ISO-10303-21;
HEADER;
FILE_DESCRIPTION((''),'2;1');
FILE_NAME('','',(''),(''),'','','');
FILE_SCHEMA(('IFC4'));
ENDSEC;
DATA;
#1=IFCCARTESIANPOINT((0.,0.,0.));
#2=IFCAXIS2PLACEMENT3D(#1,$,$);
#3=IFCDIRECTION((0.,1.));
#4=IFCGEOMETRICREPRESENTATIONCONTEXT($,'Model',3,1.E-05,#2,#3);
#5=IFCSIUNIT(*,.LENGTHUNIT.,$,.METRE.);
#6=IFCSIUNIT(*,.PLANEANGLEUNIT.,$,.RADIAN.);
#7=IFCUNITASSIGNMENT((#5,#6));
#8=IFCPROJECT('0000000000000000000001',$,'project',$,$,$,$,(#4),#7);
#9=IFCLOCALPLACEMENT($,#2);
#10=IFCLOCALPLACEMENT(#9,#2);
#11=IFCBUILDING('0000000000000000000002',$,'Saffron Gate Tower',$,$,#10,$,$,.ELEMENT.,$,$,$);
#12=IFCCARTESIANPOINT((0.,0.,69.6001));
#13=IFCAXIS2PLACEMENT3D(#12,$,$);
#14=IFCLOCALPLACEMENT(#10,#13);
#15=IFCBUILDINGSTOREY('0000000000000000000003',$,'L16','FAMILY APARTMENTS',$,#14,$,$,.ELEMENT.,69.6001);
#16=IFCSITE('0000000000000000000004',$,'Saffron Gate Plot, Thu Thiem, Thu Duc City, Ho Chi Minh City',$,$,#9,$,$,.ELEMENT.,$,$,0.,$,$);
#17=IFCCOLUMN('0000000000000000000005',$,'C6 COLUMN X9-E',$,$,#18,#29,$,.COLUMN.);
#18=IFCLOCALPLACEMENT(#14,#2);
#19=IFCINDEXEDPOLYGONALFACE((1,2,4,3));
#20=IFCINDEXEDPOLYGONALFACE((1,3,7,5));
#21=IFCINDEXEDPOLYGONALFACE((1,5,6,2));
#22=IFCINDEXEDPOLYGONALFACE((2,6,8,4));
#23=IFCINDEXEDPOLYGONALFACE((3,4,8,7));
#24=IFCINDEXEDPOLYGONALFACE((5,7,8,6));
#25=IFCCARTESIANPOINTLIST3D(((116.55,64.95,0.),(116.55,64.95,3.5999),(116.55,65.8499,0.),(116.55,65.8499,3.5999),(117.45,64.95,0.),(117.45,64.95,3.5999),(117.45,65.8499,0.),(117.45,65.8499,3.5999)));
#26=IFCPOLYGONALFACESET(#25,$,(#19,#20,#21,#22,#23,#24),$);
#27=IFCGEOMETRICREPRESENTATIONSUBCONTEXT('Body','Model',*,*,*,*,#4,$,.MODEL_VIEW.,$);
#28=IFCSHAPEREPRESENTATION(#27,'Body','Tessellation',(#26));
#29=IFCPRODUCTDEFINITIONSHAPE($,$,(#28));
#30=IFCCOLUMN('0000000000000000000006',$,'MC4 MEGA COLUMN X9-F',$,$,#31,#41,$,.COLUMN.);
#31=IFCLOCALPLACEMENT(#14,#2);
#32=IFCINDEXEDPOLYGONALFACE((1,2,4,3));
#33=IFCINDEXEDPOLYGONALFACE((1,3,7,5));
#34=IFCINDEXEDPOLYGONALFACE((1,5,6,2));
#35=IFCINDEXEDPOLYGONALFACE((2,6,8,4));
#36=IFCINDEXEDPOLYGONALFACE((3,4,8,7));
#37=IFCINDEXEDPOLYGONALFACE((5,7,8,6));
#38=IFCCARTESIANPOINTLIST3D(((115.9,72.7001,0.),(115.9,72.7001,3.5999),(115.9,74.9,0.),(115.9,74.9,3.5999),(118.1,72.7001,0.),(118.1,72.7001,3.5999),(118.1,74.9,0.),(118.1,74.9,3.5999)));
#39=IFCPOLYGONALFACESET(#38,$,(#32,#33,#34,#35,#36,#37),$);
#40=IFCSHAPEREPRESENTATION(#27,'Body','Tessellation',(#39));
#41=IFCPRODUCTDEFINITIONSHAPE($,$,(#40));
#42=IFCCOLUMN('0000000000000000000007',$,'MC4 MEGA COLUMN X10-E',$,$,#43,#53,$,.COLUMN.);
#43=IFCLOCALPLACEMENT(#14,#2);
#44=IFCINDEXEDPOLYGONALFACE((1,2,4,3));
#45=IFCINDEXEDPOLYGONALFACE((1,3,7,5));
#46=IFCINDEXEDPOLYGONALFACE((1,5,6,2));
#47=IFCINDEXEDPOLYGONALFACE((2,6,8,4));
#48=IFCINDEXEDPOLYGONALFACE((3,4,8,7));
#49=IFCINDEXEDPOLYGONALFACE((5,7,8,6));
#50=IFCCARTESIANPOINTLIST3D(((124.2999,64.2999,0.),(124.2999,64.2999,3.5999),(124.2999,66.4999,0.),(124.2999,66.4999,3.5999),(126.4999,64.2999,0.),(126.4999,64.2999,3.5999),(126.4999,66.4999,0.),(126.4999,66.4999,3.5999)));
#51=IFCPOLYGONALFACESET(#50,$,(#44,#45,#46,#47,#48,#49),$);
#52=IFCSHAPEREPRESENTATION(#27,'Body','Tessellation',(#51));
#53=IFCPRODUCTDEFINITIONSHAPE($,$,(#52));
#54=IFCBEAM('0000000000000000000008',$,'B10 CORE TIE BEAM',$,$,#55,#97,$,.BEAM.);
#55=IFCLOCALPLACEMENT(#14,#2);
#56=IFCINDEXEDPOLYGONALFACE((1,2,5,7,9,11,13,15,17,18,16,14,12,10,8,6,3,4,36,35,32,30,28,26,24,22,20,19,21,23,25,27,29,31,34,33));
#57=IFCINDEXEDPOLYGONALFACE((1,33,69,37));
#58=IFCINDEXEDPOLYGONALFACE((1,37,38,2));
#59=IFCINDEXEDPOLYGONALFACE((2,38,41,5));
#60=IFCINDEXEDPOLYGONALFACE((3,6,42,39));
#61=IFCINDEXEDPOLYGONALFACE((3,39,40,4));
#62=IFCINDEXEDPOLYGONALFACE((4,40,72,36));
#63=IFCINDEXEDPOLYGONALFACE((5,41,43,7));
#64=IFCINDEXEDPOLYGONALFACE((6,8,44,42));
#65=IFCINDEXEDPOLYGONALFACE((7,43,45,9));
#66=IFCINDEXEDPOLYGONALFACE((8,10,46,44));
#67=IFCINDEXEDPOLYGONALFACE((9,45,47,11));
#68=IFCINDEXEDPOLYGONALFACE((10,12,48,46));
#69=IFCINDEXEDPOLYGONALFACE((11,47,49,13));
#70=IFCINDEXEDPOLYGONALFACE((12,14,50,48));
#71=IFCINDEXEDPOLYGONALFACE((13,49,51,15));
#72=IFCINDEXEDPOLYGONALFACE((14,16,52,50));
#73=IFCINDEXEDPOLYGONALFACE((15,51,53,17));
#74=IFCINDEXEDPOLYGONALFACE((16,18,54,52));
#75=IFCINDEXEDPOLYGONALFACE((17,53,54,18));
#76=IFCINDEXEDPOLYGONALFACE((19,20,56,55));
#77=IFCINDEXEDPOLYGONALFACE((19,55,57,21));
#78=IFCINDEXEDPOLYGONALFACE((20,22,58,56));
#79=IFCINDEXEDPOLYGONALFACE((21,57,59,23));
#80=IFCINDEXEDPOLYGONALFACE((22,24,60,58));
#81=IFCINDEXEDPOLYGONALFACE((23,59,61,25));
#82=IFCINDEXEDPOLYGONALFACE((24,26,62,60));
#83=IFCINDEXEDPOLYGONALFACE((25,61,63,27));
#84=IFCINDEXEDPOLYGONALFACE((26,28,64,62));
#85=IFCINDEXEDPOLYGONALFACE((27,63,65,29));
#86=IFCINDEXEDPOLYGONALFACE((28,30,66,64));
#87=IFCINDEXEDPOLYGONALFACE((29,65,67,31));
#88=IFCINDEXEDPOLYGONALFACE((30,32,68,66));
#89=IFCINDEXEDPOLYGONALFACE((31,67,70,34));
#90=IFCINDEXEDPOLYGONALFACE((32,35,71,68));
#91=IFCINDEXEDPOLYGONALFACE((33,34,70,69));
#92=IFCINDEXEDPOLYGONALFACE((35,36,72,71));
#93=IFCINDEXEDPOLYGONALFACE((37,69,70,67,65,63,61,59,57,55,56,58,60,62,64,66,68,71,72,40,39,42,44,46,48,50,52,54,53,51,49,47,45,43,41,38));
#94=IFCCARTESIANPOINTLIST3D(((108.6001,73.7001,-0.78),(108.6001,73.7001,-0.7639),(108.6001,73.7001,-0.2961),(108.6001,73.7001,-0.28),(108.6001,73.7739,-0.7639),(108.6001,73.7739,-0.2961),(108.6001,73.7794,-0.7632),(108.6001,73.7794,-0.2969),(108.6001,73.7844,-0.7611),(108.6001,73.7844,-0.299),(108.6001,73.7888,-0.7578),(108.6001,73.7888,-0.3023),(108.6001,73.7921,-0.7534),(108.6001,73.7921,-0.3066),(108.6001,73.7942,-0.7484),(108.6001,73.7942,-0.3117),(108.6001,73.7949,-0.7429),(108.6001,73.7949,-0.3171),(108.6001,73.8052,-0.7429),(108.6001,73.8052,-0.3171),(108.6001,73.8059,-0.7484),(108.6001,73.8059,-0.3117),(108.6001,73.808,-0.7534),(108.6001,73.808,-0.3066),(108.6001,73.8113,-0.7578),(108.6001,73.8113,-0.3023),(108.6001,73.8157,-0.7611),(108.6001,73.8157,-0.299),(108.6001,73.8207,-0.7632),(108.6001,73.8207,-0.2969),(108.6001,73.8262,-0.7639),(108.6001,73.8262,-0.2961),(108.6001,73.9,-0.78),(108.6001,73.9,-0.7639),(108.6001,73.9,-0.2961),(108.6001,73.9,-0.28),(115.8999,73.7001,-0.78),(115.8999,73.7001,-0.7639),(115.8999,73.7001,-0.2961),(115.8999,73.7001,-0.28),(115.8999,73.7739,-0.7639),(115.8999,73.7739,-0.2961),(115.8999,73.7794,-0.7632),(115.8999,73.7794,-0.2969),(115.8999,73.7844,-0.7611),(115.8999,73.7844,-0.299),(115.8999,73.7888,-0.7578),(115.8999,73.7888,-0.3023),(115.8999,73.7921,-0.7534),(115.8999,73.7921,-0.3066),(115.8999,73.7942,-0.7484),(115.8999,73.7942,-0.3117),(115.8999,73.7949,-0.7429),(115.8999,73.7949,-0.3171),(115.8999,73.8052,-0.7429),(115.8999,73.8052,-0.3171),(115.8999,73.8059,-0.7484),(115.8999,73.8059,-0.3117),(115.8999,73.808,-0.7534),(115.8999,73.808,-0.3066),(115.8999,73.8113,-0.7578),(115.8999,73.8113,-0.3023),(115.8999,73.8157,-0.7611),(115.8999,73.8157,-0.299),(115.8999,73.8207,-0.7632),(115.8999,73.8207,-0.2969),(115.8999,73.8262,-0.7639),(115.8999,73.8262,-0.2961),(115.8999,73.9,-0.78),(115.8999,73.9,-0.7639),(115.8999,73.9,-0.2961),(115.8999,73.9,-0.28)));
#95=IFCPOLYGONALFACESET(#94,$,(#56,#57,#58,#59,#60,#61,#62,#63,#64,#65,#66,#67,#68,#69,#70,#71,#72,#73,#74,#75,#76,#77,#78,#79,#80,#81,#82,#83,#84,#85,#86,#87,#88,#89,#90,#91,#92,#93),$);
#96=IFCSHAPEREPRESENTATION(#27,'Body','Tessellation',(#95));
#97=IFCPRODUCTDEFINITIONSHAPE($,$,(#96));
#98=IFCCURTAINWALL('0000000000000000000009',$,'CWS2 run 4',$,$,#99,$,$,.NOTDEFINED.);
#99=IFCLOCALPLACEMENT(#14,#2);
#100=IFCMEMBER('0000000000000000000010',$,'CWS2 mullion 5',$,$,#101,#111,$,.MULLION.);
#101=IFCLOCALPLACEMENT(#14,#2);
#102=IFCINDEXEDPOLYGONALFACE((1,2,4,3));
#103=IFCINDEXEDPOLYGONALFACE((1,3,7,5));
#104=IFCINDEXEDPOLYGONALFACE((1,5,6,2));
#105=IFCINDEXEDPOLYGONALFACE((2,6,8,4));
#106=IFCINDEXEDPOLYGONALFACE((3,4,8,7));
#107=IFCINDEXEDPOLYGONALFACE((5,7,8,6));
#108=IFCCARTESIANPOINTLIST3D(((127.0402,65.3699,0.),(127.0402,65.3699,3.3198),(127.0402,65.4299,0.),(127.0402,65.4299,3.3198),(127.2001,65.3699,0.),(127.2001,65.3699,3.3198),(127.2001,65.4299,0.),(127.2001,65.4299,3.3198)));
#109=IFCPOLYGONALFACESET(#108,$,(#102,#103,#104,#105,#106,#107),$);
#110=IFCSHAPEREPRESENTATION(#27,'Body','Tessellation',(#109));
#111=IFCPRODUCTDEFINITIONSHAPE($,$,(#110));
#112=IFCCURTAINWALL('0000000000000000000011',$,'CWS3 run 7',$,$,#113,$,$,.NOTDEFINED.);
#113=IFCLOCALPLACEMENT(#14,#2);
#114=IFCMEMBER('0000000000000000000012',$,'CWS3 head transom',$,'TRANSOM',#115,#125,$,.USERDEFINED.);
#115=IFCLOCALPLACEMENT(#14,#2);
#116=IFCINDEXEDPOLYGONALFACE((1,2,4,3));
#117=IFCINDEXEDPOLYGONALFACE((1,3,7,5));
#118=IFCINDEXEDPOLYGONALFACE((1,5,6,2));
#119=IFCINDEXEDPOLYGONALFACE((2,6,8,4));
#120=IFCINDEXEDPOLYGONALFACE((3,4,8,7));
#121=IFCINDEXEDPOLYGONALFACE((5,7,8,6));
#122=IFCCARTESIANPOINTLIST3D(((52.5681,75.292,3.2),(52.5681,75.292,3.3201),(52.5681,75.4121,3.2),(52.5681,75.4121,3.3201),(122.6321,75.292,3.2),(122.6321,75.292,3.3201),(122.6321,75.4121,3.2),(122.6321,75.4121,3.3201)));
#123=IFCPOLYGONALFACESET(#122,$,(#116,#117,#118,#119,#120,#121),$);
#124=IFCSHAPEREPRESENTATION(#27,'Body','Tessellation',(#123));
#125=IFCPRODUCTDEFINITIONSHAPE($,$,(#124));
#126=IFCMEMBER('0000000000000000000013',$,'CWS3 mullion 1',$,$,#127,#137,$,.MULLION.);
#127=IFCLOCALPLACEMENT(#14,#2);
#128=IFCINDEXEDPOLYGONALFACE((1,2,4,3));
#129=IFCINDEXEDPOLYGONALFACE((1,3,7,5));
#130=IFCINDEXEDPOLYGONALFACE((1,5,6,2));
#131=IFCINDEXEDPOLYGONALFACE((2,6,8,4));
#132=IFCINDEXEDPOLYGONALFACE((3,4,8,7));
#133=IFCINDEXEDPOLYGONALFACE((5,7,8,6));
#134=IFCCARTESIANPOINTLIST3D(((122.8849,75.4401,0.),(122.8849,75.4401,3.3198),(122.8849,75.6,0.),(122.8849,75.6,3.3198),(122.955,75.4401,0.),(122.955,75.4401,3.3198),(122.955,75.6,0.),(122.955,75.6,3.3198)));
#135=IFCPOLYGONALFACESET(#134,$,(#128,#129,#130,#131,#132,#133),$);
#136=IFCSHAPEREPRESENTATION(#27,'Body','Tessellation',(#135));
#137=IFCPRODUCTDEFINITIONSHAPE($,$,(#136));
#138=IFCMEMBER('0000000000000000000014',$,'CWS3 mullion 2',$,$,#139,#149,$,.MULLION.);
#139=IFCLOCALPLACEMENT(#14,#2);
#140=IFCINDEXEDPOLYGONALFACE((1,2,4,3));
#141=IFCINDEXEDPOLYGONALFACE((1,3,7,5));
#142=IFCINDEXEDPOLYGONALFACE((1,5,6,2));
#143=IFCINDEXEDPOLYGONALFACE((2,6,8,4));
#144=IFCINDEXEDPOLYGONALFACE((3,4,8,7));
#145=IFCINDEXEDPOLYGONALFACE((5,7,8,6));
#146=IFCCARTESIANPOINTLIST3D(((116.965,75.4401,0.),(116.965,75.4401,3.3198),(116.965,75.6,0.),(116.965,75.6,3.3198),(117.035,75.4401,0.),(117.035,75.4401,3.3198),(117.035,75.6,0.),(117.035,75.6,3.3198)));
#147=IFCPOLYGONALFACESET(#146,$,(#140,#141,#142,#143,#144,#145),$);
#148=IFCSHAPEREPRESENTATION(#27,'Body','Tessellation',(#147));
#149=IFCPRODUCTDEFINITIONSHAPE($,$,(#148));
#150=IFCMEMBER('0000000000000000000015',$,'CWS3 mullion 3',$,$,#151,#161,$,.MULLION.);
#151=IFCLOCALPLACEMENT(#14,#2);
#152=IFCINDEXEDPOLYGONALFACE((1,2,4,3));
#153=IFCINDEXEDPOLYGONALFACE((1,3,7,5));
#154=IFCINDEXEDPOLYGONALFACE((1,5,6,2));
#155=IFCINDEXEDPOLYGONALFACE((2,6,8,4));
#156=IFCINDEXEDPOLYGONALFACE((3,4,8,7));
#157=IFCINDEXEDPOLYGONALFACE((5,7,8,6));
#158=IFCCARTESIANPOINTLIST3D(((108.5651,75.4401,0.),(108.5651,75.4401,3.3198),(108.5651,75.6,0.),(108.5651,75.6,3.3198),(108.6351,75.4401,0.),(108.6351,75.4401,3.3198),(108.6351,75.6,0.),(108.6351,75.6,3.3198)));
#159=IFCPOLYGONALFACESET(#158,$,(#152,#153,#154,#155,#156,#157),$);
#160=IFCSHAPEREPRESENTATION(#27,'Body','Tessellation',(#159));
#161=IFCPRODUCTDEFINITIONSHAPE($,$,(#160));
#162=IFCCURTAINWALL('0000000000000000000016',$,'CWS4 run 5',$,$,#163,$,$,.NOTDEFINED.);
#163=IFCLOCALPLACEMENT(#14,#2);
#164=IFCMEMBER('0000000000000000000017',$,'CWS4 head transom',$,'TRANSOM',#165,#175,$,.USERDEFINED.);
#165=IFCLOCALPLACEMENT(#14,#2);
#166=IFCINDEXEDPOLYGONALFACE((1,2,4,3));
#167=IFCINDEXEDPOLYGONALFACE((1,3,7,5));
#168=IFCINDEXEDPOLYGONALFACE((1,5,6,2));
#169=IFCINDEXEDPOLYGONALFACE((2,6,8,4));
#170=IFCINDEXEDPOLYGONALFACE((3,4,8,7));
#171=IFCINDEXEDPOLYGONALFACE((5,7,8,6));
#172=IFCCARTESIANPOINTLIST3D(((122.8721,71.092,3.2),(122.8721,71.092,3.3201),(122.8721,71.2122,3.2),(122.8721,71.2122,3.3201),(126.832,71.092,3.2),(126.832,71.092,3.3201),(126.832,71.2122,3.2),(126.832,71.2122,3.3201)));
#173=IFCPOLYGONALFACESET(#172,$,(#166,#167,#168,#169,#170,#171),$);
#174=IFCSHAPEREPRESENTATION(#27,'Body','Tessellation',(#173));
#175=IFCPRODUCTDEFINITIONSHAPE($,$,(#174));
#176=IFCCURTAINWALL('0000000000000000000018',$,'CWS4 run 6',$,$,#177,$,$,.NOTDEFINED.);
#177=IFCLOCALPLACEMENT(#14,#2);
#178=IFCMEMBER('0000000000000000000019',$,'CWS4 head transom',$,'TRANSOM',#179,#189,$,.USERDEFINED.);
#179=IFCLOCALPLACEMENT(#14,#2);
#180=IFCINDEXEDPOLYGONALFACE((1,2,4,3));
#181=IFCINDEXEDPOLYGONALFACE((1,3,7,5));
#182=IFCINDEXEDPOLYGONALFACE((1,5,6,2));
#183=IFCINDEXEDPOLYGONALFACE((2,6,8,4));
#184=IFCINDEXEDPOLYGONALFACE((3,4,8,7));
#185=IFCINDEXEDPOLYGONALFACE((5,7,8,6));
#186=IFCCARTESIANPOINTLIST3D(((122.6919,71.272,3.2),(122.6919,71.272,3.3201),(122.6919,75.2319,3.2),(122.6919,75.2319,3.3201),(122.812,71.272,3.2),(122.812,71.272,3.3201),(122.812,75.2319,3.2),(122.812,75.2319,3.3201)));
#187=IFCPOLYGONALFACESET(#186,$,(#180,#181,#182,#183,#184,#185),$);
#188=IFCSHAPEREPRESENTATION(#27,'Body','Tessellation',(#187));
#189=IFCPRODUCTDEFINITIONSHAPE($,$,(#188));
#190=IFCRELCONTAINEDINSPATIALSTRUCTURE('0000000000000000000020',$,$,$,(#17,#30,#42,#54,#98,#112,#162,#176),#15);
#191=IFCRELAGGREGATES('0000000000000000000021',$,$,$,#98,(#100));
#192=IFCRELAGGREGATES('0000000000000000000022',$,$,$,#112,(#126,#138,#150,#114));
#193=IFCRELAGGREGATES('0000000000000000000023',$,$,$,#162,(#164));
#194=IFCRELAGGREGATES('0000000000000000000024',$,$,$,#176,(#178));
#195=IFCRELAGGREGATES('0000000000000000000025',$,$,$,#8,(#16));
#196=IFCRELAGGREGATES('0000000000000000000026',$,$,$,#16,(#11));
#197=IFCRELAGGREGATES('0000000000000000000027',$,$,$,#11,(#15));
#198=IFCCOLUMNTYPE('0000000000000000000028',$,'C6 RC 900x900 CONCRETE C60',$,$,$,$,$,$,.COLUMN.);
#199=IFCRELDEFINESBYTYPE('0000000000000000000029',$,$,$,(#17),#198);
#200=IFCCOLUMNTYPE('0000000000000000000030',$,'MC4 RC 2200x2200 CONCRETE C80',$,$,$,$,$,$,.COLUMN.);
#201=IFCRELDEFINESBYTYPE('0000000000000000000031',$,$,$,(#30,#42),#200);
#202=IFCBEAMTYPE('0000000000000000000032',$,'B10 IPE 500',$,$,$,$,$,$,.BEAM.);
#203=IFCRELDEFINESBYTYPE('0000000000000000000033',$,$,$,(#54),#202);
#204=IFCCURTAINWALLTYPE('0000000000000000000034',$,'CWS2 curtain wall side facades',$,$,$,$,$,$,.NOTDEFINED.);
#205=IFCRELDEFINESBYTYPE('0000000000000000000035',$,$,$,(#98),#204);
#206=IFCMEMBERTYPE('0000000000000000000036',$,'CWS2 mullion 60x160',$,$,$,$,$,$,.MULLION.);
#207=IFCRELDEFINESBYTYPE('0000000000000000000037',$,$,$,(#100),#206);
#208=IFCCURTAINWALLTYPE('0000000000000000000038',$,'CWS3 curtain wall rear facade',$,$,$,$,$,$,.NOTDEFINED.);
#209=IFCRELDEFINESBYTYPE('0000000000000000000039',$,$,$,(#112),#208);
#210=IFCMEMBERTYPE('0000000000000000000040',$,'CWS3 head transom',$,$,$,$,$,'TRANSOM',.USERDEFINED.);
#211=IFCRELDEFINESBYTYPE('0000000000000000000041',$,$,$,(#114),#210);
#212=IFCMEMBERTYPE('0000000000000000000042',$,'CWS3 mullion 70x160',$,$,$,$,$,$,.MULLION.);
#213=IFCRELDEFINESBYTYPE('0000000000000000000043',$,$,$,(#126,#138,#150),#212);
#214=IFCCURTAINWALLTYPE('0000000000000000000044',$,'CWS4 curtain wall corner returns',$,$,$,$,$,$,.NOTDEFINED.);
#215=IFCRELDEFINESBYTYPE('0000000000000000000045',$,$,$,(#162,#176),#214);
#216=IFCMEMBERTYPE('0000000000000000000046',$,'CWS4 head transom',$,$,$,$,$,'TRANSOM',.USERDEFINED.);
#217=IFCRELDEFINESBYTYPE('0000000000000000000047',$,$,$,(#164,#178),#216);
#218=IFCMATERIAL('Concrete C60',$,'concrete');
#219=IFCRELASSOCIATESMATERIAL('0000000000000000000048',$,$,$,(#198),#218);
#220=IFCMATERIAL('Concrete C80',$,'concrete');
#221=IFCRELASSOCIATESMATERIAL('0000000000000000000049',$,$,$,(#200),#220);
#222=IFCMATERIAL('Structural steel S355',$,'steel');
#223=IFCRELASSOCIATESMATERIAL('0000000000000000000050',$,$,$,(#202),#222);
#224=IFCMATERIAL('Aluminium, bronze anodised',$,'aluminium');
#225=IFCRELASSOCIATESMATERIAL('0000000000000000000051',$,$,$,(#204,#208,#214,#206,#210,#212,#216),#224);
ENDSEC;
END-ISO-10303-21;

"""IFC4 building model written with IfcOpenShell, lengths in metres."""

from ifc_helpers import new_model, si_unit, direction, frame, origin, origin_2d, place, context, subcontext, project, spatial, rectangle, i_section, extrude, material, material_profile, profile_set, type_object, element, aggregate, save


model = new_model("IFC4")

# Units and contexts
model_context = context("Model", 3, precision=1e-05, world=origin(), true_north=direction((0.0, 1.0)))
body_context = subcontext(model_context, "Body", "Model", "MODEL_VIEW")
ifc_project = project(units=[si_unit("LENGTHUNIT", "METRE"), si_unit("PLANEANGLEUNIT", "RADIAN")], contexts=[model_context])

# Site, building, storey
site_placement = place(None, origin())
site = spatial("IfcSite", under=ifc_project, at=site_placement, Name="Saffron Gate Plot, Thu Thiem, Thu Duc City, Ho Chi Minh City", CompositionType="ELEMENT", RefElevation=0.0)
building_placement = place(site_placement, origin())
building = spatial("IfcBuilding", under=site, at=building_placement, Name="Saffron Gate Tower", CompositionType="ELEMENT")
storey_placement = place(building_placement, frame((0.0, 0.0, 69.6001)))
storey = spatial("IfcBuildingStorey", under=building, at=storey_placement, Name="L16", Description="FAMILY APARTMENTS", CompositionType="ELEMENT", Elevation=69.6001)

# Columns
ifc_material_1 = material(Name="Concrete C60", Category="concrete")
ifc_material_profile_1 = material_profile(ifc_material_1, rectangle(XDim=0.8999, YDim=0.8999, at=origin_2d()))
ifc_profile_set_1 = profile_set([ifc_material_profile_1], Name="Concrete C60")
column_type_1 = type_object("IfcColumnType", Name="C6 RC 900x900 CONCRETE C60", PredefinedType="COLUMN", material=ifc_profile_set_1)
column_placement = place(storey_placement, frame((117.0, 65.3999, 0.0), z_axis=(0.0, 0.0, 1.0), x_axis=(1.0, 0.0, 0.0)))
element("IfcColumn", 1, at=column_placement, inside=storey, type_object=column_type_1, Name="C6 COLUMN X9-E", PredefinedType="COLUMN", context=body_context, shape_type="SweptSolid", body=[
    extrude(rectangle(XDim=0.8999, YDim=0.8999, at=origin_2d()), origin(), (0.0, 0.0, 1.0), 3.5999),
])
ifc_material_2 = material(Name="Concrete C80", Category="concrete")
ifc_material_profile_2 = material_profile(ifc_material_2, rectangle(XDim=2.2, YDim=2.2, at=origin_2d()))
ifc_profile_set_2 = profile_set([ifc_material_profile_2], Name="Concrete C80")
column_type_2 = type_object("IfcColumnType", Name="MC4 RC 2200x2200 CONCRETE C80", PredefinedType="COLUMN", material=ifc_profile_set_2)
for number, where, z_axis, x_axis, name in (
    (2, (117.0, 73.8, 0.0), (0.0, 0.0, 1.0), (1.0, 0.0, 0.0), "MC4 MEGA COLUMN X9-F"),
    (3, (125.3999, 65.3999, 0.0), (0.0, 0.0, 1.0), (1.0, 0.0, 0.0), "MC4 MEGA COLUMN X10-E"),
):
    element("IfcColumn", number, at=place(storey_placement, frame(where, z_axis=z_axis, x_axis=x_axis)), inside=storey, type_object=column_type_2, Name=name, PredefinedType="COLUMN", context=body_context, shape_type="SweptSolid", body=[
        extrude(rectangle(XDim=2.2, YDim=2.2, at=origin_2d()), origin(), (0.0, 0.0, 1.0), 3.5999),
    ])

# Beam
ifc_material_3 = material(Name="Structural steel S355", Category="steel")
ifc_material_profile_3 = material_profile(ifc_material_3, i_section(OverallWidth=0.2, OverallDepth=0.5, WebThickness=0.0103, FlangeThickness=0.0161, FilletRadius=0.021, at=origin_2d()))
ifc_profile_set_3 = profile_set([ifc_material_profile_3], Name="Structural steel S355")
beam_type = type_object("IfcBeamType", Name="B10 IPE 500", PredefinedType="BEAM", material=ifc_profile_set_3)
beam_placement = place(storey_placement, frame((115.8999, 73.8, -0.53), z_axis=(-1.0, 0.0, 0.0), x_axis=(0.0, -1.0, 0.0)))
element("IfcBeam", 4, at=beam_placement, inside=storey, type_object=beam_type, Name="B10 CORE TIE BEAM", PredefinedType="BEAM", context=body_context, shape_type="SweptSolid", body=[
    extrude(i_section(OverallWidth=0.2, OverallDepth=0.5, WebThickness=0.0103, FlangeThickness=0.0161, FilletRadius=0.021, at=origin_2d()), origin(), (0.0, 0.0, 1.0), 7.2998),
])

# Curtain wall, member
ifc_material_4 = material(Name="Aluminium, bronze anodised", Category="aluminium")
curtain_wall_type_1 = type_object("IfcCurtainWallType", Name="CWS2 curtain wall side facades", PredefinedType="NOTDEFINED", material=ifc_material_4)
curtain_wall_1_placement = place(storey_placement, origin())
curtain_wall_1 = element("IfcCurtainWall", 5, at=curtain_wall_1_placement, inside=storey, type_object=curtain_wall_type_1, Name="CWS2 run 4", PredefinedType="NOTDEFINED")
ifc_material_profile_4 = material_profile(ifc_material_4, rectangle(XDim=0.1599, YDim=0.0601, at=origin_2d()))
ifc_profile_set_4 = profile_set([ifc_material_profile_4], Name="Aluminium, bronze anodised")
member_type_1 = type_object("IfcMemberType", Name="CWS2 mullion 60x160", PredefinedType="MULLION", material=ifc_profile_set_4)
member_1_placement = place(storey_placement, frame((127.1201, 65.3999, 0.0), z_axis=(0.0, 0.0, 1.0), x_axis=(-1.0, 0.0, 0.0)))
member_1 = element("IfcMember", 6, at=member_1_placement, type_object=member_type_1, Name="CWS2 mullion 5", PredefinedType="MULLION", context=body_context, shape_type="SweptSolid", body=[
    extrude(rectangle(XDim=0.1599, YDim=0.0601, at=origin_2d()), origin(), (0.0, 0.0, 1.0), 3.3198),
])
aggregate(curtain_wall_1, [member_1])

# Curtain wall, members
curtain_wall_type_2 = type_object("IfcCurtainWallType", Name="CWS3 curtain wall rear facade", PredefinedType="NOTDEFINED", material=ifc_material_4)
curtain_wall_2_placement = place(storey_placement, origin())
curtain_wall_2 = element("IfcCurtainWall", 7, at=curtain_wall_2_placement, inside=storey, type_object=curtain_wall_type_2, Name="CWS3 run 7", PredefinedType="NOTDEFINED")
ifc_material_profile_5 = material_profile(ifc_material_4, rectangle(XDim=0.1201, YDim=0.1201, at=origin_2d()))
ifc_profile_set_5 = profile_set([ifc_material_profile_5], Name="Aluminium, bronze anodised")
member_type_2 = type_object("IfcMemberType", Name="CWS3 head transom", ElementType="TRANSOM", PredefinedType="USERDEFINED", material=ifc_profile_set_5)
member_2_placement = place(storey_placement, frame((122.6321, 75.3521, 3.26), z_axis=(-1.0, 0.0, 0.0), x_axis=(0.0, -1.0, 0.0)))
member_2 = element("IfcMember", 8, at=member_2_placement, type_object=member_type_2, Name="CWS3 head transom", ObjectType="TRANSOM", PredefinedType="USERDEFINED", context=body_context, shape_type="SweptSolid", body=[
    extrude(rectangle(XDim=0.1201, YDim=0.1201, at=origin_2d()), origin(), (0.0, 0.0, 1.0), 70.064),
])
ifc_material_profile_6 = material_profile(ifc_material_4, rectangle(XDim=0.1599, YDim=0.0701, at=origin_2d()))
ifc_profile_set_6 = profile_set([ifc_material_profile_6], Name="Aluminium, bronze anodised")
member_type_3 = type_object("IfcMemberType", Name="CWS3 mullion 70x160", PredefinedType="MULLION", material=ifc_profile_set_6)
member_3_placement = place(storey_placement, frame((122.9199, 75.52, 0.0), z_axis=(0.0, 0.0, 1.0), x_axis=(0.0, -1.0, 0.0)))
member_3 = element("IfcMember", 9, at=member_3_placement, type_object=member_type_3, Name="CWS3 mullion 1", PredefinedType="MULLION", context=body_context, shape_type="SweptSolid", body=[
    extrude(rectangle(XDim=0.1599, YDim=0.0701, at=origin_2d()), origin(), (0.0, 0.0, 1.0), 3.3198),
])
member_4_placement = place(storey_placement, frame((117.0, 75.52, 0.0), z_axis=(0.0, 0.0, 1.0), x_axis=(0.0, -1.0, 0.0)))
member_4 = element("IfcMember", 10, at=member_4_placement, type_object=member_type_3, Name="CWS3 mullion 2", PredefinedType="MULLION", context=body_context, shape_type="SweptSolid", body=[
    extrude(rectangle(XDim=0.1599, YDim=0.0701, at=origin_2d()), origin(), (0.0, 0.0, 1.0), 3.3198),
])
member_5_placement = place(storey_placement, frame((108.6001, 75.52, 0.0), z_axis=(0.0, 0.0, 1.0), x_axis=(0.0, -1.0, 0.0)))
member_5 = element("IfcMember", 11, at=member_5_placement, type_object=member_type_3, Name="CWS3 mullion 3", PredefinedType="MULLION", context=body_context, shape_type="SweptSolid", body=[
    extrude(rectangle(XDim=0.1599, YDim=0.0701, at=origin_2d()), origin(), (0.0, 0.0, 1.0), 3.3198),
])

# Curtain walls, members
curtain_wall_type_3 = type_object("IfcCurtainWallType", Name="CWS4 curtain wall corner returns", PredefinedType="NOTDEFINED", material=ifc_material_4)
curtain_wall_3_placement = place(storey_placement, origin())
curtain_wall_3 = element("IfcCurtainWall", 12, at=curtain_wall_3_placement, inside=storey, type_object=curtain_wall_type_3, Name="CWS4 run 5", PredefinedType="NOTDEFINED")
ifc_material_profile_7 = material_profile(ifc_material_4, rectangle(XDim=0.1201, YDim=0.1201, at=origin_2d()))
ifc_profile_set_7 = profile_set([ifc_material_profile_7], Name="Aluminium, bronze anodised")
member_type_4 = type_object("IfcMemberType", Name="CWS4 head transom", ElementType="TRANSOM", PredefinedType="USERDEFINED", material=ifc_profile_set_7)
member_6_placement = place(storey_placement, frame((126.832, 71.1521, 3.26), z_axis=(-1.0, 0.0, 0.0), x_axis=(0.0, -1.0, 0.0)))
member_6 = element("IfcMember", 13, at=member_6_placement, type_object=member_type_4, Name="CWS4 head transom", ObjectType="TRANSOM", PredefinedType="USERDEFINED", context=body_context, shape_type="SweptSolid", body=[
    extrude(rectangle(XDim=0.1201, YDim=0.1201, at=origin_2d()), origin(), (0.0, 0.0, 1.0), 3.96),
])
curtain_wall_4_placement = place(storey_placement, origin())
curtain_wall_4 = element("IfcCurtainWall", 14, at=curtain_wall_4_placement, inside=storey, type_object=curtain_wall_type_3, Name="CWS4 run 6", PredefinedType="NOTDEFINED")
member_7_placement = place(storey_placement, frame((122.752, 71.272, 3.26), z_axis=(0.0, 1.0, 0.0), x_axis=(-1.0, 0.0, 0.0)))
member_7 = element("IfcMember", 15, at=member_7_placement, type_object=member_type_4, Name="CWS4 head transom", ObjectType="TRANSOM", PredefinedType="USERDEFINED", context=body_context, shape_type="SweptSolid", body=[
    extrude(rectangle(XDim=0.1201, YDim=0.1201, at=origin_2d()), origin(), (0.0, 0.0, 1.0), 3.96),
])

aggregate(curtain_wall_2, [member_3, member_4, member_5, member_2])

aggregate(curtain_wall_3, [member_6])
aggregate(curtain_wall_4, [member_7])

save(model, "model.ifc")
